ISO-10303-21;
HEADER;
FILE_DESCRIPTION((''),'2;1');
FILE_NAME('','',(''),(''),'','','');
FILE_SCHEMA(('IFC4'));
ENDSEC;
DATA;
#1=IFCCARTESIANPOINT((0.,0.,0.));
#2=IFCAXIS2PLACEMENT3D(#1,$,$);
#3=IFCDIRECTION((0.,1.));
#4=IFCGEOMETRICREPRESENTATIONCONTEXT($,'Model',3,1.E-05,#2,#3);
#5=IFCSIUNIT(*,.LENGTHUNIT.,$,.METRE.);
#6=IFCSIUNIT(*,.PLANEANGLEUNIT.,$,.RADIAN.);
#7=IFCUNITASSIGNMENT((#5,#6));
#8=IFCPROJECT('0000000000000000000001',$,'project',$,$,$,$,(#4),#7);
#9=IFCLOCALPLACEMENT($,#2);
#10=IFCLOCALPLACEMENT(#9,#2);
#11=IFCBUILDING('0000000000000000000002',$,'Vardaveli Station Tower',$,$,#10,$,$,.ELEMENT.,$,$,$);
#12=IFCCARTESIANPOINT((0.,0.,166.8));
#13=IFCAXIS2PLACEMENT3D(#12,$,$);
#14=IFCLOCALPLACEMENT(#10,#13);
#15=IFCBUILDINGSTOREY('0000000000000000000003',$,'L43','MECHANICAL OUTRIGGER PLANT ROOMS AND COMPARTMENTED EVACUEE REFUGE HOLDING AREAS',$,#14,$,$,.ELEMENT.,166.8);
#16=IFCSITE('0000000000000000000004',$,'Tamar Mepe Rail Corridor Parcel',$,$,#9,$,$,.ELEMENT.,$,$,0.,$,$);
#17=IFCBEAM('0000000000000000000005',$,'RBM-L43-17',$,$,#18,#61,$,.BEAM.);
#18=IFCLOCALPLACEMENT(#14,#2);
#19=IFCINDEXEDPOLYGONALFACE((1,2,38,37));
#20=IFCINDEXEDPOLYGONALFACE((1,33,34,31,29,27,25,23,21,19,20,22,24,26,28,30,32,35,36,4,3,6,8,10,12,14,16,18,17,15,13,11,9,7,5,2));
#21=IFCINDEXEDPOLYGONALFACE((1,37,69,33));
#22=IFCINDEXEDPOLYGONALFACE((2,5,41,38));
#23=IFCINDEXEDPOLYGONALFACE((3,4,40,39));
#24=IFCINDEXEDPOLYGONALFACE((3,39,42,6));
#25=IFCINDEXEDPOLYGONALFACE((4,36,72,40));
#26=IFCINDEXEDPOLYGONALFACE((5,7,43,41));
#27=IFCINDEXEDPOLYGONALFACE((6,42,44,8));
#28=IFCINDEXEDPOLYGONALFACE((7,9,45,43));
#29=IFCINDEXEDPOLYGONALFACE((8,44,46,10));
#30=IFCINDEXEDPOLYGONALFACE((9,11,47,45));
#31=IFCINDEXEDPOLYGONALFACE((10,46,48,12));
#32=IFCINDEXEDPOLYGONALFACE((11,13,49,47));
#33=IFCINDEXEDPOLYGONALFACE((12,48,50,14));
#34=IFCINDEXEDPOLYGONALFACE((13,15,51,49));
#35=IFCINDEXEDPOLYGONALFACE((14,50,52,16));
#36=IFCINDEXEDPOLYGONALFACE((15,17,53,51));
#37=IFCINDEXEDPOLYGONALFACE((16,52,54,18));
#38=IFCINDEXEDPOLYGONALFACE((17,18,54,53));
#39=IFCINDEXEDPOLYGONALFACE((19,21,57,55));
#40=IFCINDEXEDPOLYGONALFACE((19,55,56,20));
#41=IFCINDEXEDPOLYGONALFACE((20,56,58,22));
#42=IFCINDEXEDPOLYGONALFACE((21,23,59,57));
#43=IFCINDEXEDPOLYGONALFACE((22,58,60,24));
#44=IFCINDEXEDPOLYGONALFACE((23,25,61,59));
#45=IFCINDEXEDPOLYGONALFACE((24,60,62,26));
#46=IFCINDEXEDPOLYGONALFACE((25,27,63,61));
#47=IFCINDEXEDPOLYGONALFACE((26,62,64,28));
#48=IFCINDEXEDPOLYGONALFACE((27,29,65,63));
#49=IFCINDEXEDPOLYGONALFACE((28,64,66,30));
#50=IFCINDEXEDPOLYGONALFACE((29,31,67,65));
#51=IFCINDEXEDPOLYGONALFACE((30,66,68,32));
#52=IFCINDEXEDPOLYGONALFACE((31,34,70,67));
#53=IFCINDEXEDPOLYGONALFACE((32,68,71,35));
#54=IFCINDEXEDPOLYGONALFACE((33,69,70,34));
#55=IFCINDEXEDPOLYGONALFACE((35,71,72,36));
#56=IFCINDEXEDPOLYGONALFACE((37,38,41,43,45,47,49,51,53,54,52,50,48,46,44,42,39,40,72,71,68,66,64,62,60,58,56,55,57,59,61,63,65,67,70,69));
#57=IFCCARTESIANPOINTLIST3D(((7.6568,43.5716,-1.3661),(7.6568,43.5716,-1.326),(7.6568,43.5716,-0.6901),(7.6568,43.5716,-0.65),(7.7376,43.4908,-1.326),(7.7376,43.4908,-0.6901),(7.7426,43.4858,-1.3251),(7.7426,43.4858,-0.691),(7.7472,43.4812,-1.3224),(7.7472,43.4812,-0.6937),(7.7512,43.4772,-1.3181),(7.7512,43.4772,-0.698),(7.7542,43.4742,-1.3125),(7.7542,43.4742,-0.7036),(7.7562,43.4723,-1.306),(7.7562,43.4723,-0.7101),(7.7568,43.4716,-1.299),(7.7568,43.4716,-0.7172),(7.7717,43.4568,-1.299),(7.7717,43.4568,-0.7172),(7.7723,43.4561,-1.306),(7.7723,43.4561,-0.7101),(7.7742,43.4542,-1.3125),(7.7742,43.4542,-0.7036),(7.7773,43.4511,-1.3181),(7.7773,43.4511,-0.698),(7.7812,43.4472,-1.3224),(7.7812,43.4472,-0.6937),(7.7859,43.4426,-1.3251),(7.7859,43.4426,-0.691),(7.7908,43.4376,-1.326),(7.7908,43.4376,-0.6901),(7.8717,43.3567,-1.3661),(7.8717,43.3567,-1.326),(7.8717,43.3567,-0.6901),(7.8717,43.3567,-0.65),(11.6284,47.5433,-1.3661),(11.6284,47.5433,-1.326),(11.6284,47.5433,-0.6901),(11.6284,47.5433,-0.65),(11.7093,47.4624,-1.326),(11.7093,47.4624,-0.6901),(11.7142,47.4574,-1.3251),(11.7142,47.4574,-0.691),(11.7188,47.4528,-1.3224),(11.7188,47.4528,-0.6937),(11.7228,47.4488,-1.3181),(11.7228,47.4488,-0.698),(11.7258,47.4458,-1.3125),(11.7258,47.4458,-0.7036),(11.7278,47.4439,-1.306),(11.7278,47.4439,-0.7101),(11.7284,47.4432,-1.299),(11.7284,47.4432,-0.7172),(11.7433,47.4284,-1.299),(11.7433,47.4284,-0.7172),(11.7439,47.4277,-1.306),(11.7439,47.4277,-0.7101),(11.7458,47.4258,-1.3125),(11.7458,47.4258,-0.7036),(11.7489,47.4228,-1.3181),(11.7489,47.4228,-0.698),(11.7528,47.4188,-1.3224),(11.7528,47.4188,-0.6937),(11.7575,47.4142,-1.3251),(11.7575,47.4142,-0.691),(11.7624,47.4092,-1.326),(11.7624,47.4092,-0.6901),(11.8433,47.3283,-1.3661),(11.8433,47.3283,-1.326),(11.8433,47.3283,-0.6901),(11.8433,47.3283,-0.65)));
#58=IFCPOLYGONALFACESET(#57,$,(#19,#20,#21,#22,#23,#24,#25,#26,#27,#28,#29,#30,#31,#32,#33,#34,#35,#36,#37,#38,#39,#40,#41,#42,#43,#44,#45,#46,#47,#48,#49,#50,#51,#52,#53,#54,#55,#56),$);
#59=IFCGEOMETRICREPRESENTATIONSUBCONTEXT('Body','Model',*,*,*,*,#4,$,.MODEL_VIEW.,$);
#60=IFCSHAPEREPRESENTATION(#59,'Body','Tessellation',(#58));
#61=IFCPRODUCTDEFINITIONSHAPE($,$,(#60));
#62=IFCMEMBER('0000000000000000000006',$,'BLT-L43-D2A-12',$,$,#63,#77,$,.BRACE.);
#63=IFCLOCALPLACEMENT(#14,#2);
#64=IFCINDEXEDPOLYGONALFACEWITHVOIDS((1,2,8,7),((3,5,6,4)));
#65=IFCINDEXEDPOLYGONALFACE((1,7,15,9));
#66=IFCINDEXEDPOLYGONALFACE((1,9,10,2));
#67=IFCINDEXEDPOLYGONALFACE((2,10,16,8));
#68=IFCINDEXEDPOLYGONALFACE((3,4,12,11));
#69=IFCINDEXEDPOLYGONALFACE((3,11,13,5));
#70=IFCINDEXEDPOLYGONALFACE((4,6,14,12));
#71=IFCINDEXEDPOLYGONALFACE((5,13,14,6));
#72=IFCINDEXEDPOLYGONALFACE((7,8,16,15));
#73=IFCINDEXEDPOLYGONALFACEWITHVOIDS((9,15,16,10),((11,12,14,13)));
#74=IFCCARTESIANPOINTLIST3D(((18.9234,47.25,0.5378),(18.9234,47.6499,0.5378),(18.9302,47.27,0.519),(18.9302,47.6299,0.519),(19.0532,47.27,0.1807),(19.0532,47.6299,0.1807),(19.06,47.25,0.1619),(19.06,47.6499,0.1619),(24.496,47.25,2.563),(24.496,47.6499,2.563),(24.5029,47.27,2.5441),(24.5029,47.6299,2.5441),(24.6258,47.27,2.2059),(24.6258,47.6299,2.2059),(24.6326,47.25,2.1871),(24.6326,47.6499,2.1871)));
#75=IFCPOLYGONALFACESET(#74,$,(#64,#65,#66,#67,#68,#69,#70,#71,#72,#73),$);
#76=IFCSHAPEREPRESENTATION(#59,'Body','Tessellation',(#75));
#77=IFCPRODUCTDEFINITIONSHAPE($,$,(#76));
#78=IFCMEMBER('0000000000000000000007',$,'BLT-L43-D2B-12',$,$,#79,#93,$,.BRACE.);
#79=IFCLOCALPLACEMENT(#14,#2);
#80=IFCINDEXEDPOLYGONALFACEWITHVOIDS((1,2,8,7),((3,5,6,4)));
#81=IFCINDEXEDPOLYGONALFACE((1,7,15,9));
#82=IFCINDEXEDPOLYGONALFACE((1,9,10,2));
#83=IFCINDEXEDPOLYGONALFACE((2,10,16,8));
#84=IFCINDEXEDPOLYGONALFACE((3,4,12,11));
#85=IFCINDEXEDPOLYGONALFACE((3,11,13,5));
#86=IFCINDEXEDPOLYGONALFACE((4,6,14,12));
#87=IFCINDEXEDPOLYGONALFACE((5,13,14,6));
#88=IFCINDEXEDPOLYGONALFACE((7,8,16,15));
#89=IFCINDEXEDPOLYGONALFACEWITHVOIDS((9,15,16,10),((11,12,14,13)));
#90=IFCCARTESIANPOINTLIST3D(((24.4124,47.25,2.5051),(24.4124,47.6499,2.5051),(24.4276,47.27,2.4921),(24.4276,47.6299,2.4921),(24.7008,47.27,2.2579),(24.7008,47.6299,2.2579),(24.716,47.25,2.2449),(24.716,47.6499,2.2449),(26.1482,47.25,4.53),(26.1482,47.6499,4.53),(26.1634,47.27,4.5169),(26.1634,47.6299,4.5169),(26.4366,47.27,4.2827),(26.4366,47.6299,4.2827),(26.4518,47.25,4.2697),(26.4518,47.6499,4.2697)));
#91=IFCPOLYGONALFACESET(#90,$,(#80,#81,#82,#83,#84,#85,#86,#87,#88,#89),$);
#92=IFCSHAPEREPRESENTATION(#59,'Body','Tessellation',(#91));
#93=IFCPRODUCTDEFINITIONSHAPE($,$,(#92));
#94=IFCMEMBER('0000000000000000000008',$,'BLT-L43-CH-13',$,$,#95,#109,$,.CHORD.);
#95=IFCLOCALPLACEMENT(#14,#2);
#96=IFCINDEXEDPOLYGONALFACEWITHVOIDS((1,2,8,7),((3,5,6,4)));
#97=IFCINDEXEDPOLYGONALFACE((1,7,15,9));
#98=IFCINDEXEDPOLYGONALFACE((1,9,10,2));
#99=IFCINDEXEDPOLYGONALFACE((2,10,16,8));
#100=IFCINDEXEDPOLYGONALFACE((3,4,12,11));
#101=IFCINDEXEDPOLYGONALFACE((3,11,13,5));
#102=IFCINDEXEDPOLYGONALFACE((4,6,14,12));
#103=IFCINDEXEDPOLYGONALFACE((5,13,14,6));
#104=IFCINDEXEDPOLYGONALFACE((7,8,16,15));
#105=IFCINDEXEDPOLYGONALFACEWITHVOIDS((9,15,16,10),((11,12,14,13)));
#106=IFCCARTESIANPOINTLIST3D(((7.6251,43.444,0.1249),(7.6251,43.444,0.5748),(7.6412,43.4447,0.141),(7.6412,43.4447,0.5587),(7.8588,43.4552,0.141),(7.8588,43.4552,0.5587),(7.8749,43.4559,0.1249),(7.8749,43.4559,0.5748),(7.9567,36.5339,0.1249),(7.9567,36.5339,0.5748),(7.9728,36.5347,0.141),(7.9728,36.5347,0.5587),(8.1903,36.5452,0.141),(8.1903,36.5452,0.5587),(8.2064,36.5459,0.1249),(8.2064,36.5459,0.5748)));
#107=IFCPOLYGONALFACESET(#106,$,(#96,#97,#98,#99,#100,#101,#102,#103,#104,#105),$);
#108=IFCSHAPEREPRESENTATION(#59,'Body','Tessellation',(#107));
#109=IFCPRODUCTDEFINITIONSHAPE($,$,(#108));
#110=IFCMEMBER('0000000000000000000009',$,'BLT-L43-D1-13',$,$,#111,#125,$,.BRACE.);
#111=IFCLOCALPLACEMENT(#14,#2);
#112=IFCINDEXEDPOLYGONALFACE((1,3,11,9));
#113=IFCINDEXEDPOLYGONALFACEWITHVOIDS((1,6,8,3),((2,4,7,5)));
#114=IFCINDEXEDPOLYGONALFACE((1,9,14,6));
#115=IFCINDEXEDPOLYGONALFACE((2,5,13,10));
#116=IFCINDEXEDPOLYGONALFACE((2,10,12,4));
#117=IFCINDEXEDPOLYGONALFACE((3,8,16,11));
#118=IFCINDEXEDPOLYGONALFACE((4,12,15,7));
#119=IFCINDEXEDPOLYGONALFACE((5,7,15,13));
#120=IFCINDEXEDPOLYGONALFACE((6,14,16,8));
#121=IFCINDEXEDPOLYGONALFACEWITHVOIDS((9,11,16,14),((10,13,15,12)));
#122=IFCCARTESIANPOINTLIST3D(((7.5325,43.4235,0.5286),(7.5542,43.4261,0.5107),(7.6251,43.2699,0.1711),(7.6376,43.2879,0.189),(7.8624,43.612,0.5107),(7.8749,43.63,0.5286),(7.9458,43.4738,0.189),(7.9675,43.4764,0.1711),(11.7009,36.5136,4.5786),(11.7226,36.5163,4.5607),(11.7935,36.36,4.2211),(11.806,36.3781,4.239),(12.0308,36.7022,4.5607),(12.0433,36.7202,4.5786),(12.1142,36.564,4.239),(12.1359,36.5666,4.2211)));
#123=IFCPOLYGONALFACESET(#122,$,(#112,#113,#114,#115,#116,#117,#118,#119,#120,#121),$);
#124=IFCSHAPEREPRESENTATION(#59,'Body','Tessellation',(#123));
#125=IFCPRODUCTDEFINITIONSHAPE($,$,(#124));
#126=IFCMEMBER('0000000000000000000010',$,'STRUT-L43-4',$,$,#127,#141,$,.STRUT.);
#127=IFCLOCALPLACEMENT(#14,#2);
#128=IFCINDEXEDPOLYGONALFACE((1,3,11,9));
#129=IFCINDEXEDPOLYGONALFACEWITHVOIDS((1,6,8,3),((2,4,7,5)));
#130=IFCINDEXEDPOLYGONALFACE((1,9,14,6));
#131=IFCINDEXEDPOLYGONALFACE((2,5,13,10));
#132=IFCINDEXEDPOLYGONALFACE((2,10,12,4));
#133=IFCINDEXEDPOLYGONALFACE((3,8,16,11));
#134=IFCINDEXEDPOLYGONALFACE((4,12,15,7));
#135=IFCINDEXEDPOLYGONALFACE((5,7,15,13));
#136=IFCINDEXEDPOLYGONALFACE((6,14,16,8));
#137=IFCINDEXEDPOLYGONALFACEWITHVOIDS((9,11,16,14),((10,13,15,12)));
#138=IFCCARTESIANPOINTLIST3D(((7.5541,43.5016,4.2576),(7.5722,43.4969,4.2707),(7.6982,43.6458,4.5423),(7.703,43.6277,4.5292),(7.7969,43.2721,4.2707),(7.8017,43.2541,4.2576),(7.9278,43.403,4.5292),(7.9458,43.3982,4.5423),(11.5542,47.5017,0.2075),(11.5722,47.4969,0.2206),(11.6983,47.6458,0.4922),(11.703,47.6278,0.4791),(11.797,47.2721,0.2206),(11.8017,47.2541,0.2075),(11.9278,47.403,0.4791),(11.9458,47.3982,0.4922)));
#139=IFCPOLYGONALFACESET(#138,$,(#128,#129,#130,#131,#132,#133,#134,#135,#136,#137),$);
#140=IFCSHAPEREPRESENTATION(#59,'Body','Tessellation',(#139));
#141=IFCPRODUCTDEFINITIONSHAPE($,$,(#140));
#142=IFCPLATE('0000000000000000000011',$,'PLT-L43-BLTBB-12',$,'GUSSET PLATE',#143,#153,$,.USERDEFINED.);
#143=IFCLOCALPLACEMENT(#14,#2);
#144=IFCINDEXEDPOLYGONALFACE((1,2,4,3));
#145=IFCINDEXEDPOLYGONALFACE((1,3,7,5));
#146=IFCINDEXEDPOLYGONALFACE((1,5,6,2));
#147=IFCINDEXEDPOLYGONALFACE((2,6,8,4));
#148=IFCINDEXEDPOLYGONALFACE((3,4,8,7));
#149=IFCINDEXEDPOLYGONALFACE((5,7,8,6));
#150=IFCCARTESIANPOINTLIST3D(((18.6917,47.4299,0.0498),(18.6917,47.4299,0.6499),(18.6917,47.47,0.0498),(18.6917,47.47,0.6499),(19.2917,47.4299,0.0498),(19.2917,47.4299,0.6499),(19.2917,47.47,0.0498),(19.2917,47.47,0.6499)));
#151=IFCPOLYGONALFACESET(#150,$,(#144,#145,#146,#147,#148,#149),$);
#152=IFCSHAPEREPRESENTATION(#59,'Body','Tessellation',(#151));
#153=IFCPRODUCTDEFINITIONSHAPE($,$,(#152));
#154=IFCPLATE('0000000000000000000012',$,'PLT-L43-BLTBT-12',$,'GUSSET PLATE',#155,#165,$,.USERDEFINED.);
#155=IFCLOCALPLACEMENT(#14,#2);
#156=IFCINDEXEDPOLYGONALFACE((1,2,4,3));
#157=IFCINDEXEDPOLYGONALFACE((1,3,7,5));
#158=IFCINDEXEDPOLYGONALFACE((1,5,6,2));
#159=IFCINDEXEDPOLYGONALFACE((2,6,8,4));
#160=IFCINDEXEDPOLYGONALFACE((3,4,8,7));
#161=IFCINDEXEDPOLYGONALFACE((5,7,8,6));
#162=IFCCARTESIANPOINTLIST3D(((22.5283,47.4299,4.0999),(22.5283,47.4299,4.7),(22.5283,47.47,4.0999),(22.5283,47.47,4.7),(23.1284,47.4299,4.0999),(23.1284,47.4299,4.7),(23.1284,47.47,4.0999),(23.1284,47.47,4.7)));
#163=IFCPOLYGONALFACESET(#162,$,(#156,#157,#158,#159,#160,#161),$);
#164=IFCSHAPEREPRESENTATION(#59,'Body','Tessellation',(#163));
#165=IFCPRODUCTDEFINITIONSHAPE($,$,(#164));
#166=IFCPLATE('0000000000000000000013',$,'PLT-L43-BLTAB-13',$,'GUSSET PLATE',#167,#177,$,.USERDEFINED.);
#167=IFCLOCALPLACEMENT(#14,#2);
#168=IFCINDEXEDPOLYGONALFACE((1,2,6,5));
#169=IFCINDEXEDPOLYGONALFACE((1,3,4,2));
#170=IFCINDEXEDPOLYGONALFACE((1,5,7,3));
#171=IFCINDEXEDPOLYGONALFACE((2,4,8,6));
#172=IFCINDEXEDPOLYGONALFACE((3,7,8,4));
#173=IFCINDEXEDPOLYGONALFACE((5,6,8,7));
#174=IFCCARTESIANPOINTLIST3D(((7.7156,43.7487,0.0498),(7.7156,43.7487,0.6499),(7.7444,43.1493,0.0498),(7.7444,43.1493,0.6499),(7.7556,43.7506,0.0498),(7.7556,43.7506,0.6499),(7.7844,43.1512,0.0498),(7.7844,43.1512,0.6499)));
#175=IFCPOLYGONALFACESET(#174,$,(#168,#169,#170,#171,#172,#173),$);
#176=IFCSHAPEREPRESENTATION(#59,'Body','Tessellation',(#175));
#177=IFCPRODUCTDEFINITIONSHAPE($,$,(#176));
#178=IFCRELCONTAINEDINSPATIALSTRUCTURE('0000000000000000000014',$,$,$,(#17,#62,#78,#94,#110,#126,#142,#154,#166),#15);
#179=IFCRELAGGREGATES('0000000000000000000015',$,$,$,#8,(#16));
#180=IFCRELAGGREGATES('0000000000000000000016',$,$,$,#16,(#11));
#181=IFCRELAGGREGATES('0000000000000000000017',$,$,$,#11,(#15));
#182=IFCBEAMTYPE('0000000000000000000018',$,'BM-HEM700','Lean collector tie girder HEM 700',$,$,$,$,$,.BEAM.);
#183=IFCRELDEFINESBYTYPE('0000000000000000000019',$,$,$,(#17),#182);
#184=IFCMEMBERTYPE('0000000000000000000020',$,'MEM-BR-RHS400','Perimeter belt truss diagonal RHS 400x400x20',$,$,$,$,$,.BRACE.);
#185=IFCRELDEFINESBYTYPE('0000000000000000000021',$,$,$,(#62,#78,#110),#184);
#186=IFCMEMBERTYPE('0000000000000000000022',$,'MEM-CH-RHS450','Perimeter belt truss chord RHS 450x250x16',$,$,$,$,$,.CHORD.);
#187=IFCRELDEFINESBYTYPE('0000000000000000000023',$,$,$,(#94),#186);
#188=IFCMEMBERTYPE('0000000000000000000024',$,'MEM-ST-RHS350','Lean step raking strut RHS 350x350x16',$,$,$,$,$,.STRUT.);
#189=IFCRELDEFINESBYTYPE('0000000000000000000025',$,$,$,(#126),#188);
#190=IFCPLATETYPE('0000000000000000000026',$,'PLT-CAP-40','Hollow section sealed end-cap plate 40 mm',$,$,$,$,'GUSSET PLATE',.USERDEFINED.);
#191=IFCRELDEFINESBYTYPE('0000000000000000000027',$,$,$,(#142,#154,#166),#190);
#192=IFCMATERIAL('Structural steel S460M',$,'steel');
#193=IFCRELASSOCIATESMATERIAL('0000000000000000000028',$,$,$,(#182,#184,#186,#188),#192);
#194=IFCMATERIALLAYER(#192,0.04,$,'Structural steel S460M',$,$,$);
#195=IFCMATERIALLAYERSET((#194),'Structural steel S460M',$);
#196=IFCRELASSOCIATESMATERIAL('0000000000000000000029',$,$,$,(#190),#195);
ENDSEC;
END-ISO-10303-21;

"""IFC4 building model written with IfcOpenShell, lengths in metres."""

from ifc_helpers import new_model, si_unit, direction, frame, origin, origin_2d, place, context, subcontext, project, spatial, rectangle, hollow_rectangle, i_section, extrude, source, transform, mapped, material, layer, layer_set, material_profile, profile_set, type_object, element, save


model = new_model("IFC4")

# Units and contexts
model_context = context("Model", 3, precision=1e-05, world=origin(), true_north=direction((0.0, 1.0)))
body_context = subcontext(model_context, "Body", "Model", "MODEL_VIEW")
ifc_project = project(units=[si_unit("LENGTHUNIT", "METRE"), si_unit("PLANEANGLEUNIT", "RADIAN")], contexts=[model_context])

# Site, building, storey
site_placement = place(None, origin())
site = spatial("IfcSite", under=ifc_project, at=site_placement, Name="Tamar Mepe Rail Corridor Parcel", CompositionType="ELEMENT", RefElevation=0.0)
building_placement = place(site_placement, origin())
building = spatial("IfcBuilding", under=site, at=building_placement, Name="Vardaveli Station Tower", CompositionType="ELEMENT")
storey_placement = place(building_placement, frame((0.0, 0.0, 166.8)))
storey = spatial("IfcBuildingStorey", under=building, at=storey_placement, Name="L43", Description="MECHANICAL OUTRIGGER PLANT ROOMS AND COMPARTMENTED EVACUEE REFUGE HOLDING AREAS", CompositionType="ELEMENT", Elevation=166.8)

# Shared definitions
ifc_material_1 = material(Name="Structural steel S460M", Category="steel")

# Beam
ifc_material_profile_1 = material_profile(ifc_material_1, i_section(OverallWidth=0.304, OverallDepth=0.7161, WebThickness=0.021, FlangeThickness=0.04, FilletRadius=0.0271, at=origin_2d()), Name="HEM 700")
ifc_profile_set_1 = profile_set([ifc_material_profile_1], Name="Structural steel S460M")
beam_type = type_object("IfcBeamType", Name="BM-HEM700", Description="Lean collector tie girder HEM 700", PredefinedType="BEAM", material=ifc_profile_set_1)
shared_shape_1 = source(origin(), body_context, "Body", "SweptSolid", [
    extrude(i_section(OverallWidth=0.304, OverallDepth=0.7161, WebThickness=0.021, FlangeThickness=0.04, FilletRadius=0.0271, at=origin_2d()), origin(), (0.0, 0.0, 1.0), 5.6167),
])
beam_1_placement = place(storey_placement, frame((11.7358, 47.4358, -1.0081), z_axis=(-0.707107, -0.707107, 0.0), x_axis=(0.707107, -0.707107, 0.0)))
element("IfcBeam", 1, at=beam_1_placement, inside=storey, type_object=beam_type, Name="RBM-L43-17", PredefinedType="BEAM", context=body_context, shape_type="MappedRepresentation", body=[
    mapped(shared_shape_1, transform((0.0, 0.0, 0.0), scale=1.0)),
])

# Members
ifc_material_profile_2 = material_profile(ifc_material_1, hollow_rectangle(XDim=0.3999, YDim=0.3999, WallThickness=0.02, at=origin_2d()), Name="RHS 400x400x20")
ifc_profile_set_2 = profile_set([ifc_material_profile_2], Name="Structural steel S460M")
member_type_1 = type_object("IfcMemberType", Name="MEM-BR-RHS400", Description="Perimeter belt truss diagonal RHS 400x400x20", PredefinedType="BRACE", material=ifc_profile_set_2)
shared_shape_2 = source(origin(), body_context, "Body", "SweptSolid", [
    extrude(hollow_rectangle(XDim=0.3999, YDim=0.3999, WallThickness=0.02, at=origin_2d()), origin(), (0.0, 0.0, 1.0), 5.9292),
])
member_1_placement = place(storey_placement, frame((18.9917, 47.45, 0.3499), z_axis=(0.93986, 0.0, 0.341561), x_axis=(0.0, 1.0, 0.0)))
element("IfcMember", 2, at=member_1_placement, inside=storey, type_object=member_type_1, Name="BLT-L43-D2A-12", PredefinedType="BRACE", context=body_context, shape_type="MappedRepresentation", body=[
    mapped(shared_shape_2, transform((0.0, 0.0, 0.0), scale=1.0)),
])
shared_shape_3 = source(origin(), body_context, "Body", "SweptSolid", [
    extrude(hollow_rectangle(XDim=0.3999, YDim=0.3999, WallThickness=0.02, at=origin_2d()), origin(), (0.0, 0.0, 1.0), 2.667),
])
member_2_placement = place(storey_placement, frame((24.5642, 47.45, 2.375), z_axis=(0.650837, 0.0, 0.759218), x_axis=(0.0, 1.0, 0.0)))
element("IfcMember", 3, at=member_2_placement, inside=storey, type_object=member_type_1, Name="BLT-L43-D2B-12", PredefinedType="BRACE", context=body_context, shape_type="MappedRepresentation", body=[
    mapped(shared_shape_3, transform((0.0, 0.0, 0.0), scale=1.0)),
])
ifc_material_profile_3 = material_profile(ifc_material_1, hollow_rectangle(XDim=0.25, YDim=0.45, WallThickness=0.0161, at=origin_2d()), Name="RHS 450x250x16")
ifc_profile_set_3 = profile_set([ifc_material_profile_3], Name="Structural steel S460M")
member_type_2 = type_object("IfcMemberType", Name="MEM-CH-RHS450", Description="Perimeter belt truss chord RHS 450x250x16", PredefinedType="CHORD", material=ifc_profile_set_3)
shared_shape_4 = source(origin(), body_context, "Body", "SweptSolid", [
    extrude(hollow_rectangle(XDim=0.25, YDim=0.45, WallThickness=0.0161, at=origin_2d()), origin(), (0.0, 0.0, 1.0), 6.918),
])
member_3_placement = place(storey_placement, frame((7.75, 43.45, 0.3499), z_axis=(0.047926, -0.998851, 0.0), x_axis=(0.998851, 0.047926, 0.0)))
element("IfcMember", 4, at=member_3_placement, inside=storey, type_object=member_type_2, Name="BLT-L43-CH-13", PredefinedType="CHORD", context=body_context, shape_type="MappedRepresentation", body=[
    mapped(shared_shape_4, transform((0.0, 0.0, 0.0), scale=1.0)),
])
shared_shape_5 = source(origin(), body_context, "Body", "SweptSolid", [
    extrude(hollow_rectangle(XDim=0.3999, YDim=0.3999, WallThickness=0.02, at=origin_2d()), origin(), (0.0, 0.0, 1.0), 9.0291),
])
member_4_placement = place(storey_placement, frame((7.75, 43.45, 0.3499), z_axis=(0.461666, -0.765288, 0.448552), x_axis=(0.85626, 0.516545, 0.0)))
element("IfcMember", 5, at=member_4_placement, inside=storey, type_object=member_type_1, Name="BLT-L43-D1-13", PredefinedType="BRACE", context=body_context, shape_type="MappedRepresentation", body=[
    mapped(shared_shape_5, transform((0.0, 0.0, 0.0), scale=1.0)),
])
ifc_material_profile_4 = material_profile(ifc_material_1, hollow_rectangle(XDim=0.3501, YDim=0.3501, WallThickness=0.0161, at=origin_2d()), Name="RHS 350x350x16")
ifc_profile_set_4 = profile_set([ifc_material_profile_4], Name="Structural steel S460M")
member_type_3 = type_object("IfcMemberType", Name="MEM-ST-RHS350", Description="Lean step raking strut RHS 350x350x16", PredefinedType="STRUT", material=ifc_profile_set_4)
shared_shape_6 = source(origin(), body_context, "Body", "SweptSolid", [
    extrude(hollow_rectangle(XDim=0.3501, YDim=0.3501, WallThickness=0.0161, at=origin_2d()), origin(), (0.0, 0.0, 1.0), 6.9573),
])
member_5_placement = place(storey_placement, frame((11.75, 47.45, 0.3499), z_axis=(-0.574942, -0.574942, 0.582136), x_axis=(0.707107, -0.707107, 0.0)))
element("IfcMember", 6, at=member_5_placement, inside=storey, type_object=member_type_3, Name="STRUT-L43-4", PredefinedType="STRUT", context=body_context, shape_type="MappedRepresentation", body=[
    mapped(shared_shape_6, transform((0.0, 0.0, 0.0), scale=1.0)),
])

# Plates
ifc_layer_1 = layer(ifc_material_1, 0.04, Name="Structural steel S460M")
ifc_layer_set_1 = layer_set([ifc_layer_1], Name="Structural steel S460M")
plate_type = type_object("IfcPlateType", Name="PLT-CAP-40", Description="Hollow section sealed end-cap plate 40 mm", ElementType="GUSSET PLATE", PredefinedType="USERDEFINED", material=ifc_layer_set_1)
shared_shape_7 = source(origin(), body_context, "Body", "SweptSolid", [
    extrude(rectangle(XDim=0.6001, YDim=0.04, at=origin_2d()), origin(), (0.0, 0.0, 1.0), 0.6001),
])
for number, where, z_axis, x_axis, name in (
    (7, (18.9917, 47.45, 0.0498), (0.0, 0.0, 1.0), (-1.0, 0.0, 0.0), "PLT-L43-BLTBB-12"),
    (8, (22.8284, 47.45, 4.0999), (0.0, 0.0, 1.0), (-1.0, 0.0, 0.0), "PLT-L43-BLTBT-12"),
    (9, (7.75, 43.45, 0.0498), (0.0, 0.0, 1.0), (0.047978, -0.998848, 0.0), "PLT-L43-BLTAB-13"),
):
    element("IfcPlate", number, at=place(storey_placement, frame(where, z_axis=z_axis, x_axis=x_axis)), inside=storey, type_object=plate_type, Name=name, ObjectType="GUSSET PLATE", PredefinedType="USERDEFINED", context=body_context, shape_type="MappedRepresentation", body=[
        mapped(shared_shape_7, transform((0.0, 0.0, 0.0), scale=1.0)),
    ])

save(model, "model.ifc")
